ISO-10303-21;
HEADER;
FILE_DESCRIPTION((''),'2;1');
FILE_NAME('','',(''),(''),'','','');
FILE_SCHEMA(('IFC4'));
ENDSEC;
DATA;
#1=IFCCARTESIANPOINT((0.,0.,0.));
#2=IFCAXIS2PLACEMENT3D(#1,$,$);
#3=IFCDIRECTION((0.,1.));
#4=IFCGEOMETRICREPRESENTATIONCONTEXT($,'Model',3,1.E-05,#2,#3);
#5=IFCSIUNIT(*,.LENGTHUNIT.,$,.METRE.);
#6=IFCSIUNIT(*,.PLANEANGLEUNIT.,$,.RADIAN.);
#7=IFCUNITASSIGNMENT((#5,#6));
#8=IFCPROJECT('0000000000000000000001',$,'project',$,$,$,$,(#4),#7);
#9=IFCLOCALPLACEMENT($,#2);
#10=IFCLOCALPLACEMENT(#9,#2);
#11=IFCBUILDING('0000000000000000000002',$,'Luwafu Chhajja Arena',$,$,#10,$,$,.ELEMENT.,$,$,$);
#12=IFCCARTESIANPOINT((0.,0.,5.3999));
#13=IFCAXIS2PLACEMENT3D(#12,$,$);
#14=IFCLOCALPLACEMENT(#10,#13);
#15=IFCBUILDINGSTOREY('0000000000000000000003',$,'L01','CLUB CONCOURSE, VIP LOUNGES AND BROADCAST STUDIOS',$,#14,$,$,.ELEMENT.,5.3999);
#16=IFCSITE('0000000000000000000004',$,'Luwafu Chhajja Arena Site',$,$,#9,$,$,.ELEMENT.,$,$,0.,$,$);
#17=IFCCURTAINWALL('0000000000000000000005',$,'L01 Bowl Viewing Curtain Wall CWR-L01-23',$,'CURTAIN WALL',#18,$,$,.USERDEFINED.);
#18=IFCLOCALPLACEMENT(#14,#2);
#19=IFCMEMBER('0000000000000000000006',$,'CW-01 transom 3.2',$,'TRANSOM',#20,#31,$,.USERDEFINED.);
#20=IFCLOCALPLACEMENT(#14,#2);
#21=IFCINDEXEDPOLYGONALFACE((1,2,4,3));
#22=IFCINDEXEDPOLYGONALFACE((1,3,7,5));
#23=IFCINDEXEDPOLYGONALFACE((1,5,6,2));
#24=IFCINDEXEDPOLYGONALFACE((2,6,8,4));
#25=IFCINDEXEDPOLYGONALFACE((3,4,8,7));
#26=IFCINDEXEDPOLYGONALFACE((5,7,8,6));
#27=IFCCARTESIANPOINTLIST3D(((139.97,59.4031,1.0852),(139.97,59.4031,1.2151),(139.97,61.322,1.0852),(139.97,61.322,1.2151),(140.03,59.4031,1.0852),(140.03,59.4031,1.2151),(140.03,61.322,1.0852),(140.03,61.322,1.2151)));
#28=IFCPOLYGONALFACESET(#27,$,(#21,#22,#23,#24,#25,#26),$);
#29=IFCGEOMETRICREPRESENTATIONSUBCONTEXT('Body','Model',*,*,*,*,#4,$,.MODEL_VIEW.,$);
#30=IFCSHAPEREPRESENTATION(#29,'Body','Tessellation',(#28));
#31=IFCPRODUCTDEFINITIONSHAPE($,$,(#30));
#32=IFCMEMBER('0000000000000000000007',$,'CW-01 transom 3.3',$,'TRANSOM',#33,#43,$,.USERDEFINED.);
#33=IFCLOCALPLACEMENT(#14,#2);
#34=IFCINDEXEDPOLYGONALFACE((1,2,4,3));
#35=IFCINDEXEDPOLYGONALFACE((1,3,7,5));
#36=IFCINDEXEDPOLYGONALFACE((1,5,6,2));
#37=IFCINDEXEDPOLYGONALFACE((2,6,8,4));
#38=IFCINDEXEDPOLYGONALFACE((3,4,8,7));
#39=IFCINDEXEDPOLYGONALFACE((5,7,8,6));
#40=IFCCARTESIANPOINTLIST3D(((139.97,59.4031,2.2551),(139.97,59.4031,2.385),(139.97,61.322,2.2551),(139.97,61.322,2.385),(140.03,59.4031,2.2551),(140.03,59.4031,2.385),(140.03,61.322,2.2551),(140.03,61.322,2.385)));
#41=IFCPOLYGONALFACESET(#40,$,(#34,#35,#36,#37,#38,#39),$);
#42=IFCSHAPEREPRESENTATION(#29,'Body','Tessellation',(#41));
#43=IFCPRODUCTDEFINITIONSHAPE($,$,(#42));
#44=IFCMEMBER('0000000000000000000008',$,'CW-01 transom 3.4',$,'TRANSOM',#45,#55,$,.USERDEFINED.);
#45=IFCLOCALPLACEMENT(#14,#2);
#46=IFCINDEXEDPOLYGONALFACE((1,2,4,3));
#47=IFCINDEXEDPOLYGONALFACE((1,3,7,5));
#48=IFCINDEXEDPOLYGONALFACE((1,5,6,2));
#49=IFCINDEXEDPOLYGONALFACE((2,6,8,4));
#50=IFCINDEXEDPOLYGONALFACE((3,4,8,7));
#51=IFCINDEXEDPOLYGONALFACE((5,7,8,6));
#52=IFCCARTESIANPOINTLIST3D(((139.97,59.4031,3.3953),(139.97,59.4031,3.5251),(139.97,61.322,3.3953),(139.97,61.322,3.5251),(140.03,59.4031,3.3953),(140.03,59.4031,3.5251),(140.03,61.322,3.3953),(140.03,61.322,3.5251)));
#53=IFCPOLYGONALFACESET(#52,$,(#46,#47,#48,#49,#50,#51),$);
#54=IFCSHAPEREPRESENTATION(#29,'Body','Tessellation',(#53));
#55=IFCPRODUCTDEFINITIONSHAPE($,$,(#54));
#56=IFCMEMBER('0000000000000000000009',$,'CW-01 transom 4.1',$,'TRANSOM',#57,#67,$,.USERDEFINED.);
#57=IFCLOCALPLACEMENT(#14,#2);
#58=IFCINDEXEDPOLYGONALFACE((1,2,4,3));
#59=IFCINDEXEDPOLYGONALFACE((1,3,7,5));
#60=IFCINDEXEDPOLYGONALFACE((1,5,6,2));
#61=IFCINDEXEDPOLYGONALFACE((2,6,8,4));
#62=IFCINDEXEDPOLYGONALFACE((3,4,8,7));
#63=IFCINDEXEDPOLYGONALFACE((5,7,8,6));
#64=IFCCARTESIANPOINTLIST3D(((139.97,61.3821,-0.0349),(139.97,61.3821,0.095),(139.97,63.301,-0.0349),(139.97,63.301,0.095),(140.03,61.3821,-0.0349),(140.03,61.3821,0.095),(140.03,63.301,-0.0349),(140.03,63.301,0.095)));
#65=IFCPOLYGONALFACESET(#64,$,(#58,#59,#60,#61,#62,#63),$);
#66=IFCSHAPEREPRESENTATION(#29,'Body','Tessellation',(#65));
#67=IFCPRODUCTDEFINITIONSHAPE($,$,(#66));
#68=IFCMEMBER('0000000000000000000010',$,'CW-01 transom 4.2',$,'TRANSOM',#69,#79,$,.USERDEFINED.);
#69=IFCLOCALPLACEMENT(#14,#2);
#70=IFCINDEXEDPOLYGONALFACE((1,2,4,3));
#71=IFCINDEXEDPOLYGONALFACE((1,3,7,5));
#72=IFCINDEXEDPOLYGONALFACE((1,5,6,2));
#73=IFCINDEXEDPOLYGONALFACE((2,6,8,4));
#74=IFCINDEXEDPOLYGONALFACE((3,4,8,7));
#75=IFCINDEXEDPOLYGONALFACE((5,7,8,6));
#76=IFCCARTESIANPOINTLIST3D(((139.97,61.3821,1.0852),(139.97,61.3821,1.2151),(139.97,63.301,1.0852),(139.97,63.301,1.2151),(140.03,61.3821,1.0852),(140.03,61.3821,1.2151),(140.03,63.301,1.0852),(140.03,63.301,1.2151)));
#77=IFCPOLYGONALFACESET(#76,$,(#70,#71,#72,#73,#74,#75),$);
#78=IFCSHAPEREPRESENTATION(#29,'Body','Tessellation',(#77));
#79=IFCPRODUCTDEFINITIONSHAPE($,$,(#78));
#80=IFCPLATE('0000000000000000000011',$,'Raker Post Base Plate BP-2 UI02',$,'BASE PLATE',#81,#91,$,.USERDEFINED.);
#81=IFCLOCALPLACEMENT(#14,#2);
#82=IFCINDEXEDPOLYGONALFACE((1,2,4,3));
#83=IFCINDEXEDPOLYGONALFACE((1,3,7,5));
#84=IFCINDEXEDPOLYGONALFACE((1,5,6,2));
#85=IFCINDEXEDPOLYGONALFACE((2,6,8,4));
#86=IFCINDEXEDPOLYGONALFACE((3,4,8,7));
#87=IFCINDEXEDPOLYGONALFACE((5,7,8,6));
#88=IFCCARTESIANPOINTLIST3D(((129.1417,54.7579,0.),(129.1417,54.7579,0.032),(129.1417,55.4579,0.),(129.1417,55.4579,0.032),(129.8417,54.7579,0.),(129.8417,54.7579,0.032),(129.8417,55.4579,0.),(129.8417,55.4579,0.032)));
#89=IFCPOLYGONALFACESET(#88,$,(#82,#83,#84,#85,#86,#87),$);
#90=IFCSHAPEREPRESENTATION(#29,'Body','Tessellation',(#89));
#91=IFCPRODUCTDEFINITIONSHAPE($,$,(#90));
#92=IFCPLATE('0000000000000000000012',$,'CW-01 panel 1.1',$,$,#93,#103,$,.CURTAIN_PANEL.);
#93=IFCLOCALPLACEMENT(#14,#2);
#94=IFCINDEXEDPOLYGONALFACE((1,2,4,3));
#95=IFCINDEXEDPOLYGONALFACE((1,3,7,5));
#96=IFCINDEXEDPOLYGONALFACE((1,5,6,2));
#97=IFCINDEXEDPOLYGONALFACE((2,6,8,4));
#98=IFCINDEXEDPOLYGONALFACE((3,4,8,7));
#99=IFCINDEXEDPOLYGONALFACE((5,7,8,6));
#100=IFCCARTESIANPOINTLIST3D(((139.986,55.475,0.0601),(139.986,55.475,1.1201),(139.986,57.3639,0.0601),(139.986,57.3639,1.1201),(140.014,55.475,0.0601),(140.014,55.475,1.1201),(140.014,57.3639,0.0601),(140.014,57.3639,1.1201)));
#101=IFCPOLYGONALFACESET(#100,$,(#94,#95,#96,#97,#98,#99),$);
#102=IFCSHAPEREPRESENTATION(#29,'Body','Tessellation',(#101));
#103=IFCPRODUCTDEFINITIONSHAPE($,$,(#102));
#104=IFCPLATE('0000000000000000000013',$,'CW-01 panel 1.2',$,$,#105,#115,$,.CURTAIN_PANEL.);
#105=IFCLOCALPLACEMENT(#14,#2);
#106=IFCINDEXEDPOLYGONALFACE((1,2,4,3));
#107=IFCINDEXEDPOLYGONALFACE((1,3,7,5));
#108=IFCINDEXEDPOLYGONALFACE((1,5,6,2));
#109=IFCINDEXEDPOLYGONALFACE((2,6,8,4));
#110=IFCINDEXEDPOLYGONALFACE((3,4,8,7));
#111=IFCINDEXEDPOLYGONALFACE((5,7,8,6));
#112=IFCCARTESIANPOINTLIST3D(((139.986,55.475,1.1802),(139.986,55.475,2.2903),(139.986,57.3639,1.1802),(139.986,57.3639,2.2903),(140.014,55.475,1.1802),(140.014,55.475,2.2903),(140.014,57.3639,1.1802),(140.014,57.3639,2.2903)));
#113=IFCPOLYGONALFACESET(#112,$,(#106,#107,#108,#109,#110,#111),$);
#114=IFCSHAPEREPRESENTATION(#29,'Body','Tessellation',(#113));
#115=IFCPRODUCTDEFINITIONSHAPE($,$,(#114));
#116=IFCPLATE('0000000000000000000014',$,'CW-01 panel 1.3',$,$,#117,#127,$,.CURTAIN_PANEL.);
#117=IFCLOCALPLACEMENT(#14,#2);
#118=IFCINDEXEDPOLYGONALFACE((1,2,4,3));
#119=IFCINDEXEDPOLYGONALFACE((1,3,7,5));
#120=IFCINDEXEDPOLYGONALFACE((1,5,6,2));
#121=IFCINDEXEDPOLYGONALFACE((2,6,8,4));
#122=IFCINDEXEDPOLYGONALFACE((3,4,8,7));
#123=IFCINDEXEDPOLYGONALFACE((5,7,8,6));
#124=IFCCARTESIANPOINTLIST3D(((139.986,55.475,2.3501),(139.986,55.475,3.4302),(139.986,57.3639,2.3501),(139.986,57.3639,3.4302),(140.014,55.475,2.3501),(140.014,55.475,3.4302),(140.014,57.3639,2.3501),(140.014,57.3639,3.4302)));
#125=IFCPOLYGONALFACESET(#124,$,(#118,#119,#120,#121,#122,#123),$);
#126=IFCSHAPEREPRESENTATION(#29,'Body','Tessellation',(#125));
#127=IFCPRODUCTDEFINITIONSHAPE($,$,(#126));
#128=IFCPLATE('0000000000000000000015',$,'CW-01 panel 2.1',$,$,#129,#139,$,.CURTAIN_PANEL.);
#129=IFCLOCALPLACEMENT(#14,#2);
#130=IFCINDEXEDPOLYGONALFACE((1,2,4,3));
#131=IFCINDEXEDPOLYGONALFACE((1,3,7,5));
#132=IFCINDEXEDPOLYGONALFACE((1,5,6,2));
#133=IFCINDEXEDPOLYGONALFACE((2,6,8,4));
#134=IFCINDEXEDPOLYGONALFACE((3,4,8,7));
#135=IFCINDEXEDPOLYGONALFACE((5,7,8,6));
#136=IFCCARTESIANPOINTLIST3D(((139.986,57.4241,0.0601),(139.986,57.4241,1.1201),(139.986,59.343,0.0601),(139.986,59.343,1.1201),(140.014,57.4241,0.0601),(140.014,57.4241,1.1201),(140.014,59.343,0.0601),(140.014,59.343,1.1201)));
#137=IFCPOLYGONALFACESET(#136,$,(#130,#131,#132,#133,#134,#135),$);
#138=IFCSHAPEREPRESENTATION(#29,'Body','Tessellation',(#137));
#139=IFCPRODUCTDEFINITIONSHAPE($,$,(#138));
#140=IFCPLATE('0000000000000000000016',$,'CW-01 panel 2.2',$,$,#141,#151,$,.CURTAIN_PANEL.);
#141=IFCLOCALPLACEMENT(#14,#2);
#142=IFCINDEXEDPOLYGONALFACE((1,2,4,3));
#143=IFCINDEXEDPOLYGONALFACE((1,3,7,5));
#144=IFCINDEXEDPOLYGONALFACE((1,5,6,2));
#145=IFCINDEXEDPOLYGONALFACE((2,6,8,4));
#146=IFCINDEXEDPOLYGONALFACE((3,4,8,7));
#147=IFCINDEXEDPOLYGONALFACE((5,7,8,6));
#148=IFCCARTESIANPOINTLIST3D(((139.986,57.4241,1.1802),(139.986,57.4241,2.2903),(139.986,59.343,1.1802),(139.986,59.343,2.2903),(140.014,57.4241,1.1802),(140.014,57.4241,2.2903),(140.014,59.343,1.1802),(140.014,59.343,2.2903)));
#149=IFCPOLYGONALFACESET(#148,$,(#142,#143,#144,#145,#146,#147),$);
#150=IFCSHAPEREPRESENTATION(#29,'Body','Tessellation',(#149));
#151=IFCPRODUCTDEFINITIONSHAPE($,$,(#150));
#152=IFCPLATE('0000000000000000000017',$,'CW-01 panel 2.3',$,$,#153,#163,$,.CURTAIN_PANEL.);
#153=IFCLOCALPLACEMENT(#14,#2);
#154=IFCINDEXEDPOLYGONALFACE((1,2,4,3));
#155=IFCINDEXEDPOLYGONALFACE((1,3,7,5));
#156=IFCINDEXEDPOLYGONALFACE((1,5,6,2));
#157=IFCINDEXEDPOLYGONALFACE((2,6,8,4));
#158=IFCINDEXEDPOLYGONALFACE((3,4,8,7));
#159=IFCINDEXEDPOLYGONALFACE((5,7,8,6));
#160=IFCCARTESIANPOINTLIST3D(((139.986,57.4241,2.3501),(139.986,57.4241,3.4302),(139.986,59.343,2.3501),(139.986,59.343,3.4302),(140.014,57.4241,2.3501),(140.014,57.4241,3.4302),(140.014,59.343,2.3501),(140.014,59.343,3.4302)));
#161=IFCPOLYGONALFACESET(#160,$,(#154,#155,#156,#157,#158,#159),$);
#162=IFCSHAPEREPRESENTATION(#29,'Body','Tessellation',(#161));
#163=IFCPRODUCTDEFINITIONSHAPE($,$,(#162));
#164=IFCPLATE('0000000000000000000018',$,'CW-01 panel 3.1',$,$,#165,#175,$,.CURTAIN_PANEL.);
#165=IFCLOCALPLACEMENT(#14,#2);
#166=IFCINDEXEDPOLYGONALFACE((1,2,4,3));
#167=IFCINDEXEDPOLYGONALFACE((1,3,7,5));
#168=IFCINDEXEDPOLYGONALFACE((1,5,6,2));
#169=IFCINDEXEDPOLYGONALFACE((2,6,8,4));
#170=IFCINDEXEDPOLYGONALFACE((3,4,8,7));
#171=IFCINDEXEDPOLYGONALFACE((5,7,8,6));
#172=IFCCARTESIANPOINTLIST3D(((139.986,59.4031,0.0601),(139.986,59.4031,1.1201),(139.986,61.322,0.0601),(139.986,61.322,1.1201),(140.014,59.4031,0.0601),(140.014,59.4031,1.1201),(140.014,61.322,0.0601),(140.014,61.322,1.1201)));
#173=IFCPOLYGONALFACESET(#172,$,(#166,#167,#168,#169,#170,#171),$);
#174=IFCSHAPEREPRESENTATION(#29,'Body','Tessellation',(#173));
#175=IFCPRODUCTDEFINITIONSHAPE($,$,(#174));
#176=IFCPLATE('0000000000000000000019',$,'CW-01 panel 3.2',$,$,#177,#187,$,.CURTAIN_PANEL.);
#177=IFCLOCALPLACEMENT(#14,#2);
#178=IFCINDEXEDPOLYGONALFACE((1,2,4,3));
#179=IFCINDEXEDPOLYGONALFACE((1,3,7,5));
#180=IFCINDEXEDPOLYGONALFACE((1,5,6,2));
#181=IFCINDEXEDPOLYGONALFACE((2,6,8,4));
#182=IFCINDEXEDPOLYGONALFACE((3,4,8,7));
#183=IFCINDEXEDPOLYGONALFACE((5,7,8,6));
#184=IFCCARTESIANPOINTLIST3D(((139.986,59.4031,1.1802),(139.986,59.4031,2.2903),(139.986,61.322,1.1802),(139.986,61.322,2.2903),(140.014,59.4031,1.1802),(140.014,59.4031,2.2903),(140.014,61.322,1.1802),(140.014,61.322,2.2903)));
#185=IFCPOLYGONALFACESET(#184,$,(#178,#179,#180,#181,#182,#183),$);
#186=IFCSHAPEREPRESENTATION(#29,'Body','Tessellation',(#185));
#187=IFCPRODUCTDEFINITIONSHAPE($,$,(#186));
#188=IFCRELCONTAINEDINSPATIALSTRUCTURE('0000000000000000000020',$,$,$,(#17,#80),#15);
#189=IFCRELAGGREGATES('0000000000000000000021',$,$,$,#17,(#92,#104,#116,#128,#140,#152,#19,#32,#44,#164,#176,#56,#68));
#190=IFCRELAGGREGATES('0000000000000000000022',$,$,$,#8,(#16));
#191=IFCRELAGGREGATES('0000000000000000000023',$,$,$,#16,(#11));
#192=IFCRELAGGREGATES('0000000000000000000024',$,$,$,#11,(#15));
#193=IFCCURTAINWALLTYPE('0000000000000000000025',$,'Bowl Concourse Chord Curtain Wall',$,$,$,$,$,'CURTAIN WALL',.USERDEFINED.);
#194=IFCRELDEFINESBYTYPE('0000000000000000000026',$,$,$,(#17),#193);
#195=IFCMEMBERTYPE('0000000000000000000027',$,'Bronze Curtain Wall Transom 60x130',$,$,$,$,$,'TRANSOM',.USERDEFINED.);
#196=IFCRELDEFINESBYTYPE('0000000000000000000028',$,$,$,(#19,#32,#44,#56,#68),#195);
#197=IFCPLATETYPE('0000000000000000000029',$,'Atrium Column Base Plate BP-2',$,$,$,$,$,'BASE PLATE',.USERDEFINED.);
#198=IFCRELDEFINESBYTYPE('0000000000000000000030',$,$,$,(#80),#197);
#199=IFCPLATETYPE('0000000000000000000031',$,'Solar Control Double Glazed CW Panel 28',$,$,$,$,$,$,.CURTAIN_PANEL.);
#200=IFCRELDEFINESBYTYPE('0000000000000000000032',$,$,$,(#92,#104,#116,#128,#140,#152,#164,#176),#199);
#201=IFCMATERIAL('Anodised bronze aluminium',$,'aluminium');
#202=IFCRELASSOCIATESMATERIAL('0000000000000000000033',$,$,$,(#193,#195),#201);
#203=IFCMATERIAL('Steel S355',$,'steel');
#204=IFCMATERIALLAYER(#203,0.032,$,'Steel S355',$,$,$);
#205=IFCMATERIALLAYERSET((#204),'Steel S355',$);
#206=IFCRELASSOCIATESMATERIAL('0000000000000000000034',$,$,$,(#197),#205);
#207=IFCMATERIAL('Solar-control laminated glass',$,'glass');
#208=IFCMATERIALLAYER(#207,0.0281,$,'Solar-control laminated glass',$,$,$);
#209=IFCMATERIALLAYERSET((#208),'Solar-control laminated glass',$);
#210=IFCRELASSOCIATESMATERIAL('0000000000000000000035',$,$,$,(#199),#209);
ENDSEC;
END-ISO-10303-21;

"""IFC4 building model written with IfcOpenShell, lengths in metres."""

from ifc_helpers import new_model, si_unit, direction, frame, origin, origin_2d, place, context, subcontext, project, spatial, rectangle, extrude, material, layer, layer_set, material_profile, profile_set, type_object, element, aggregate, save


model = new_model("IFC4")

# Units and contexts
model_context = context("Model", 3, precision=1e-05, world=origin(), true_north=direction((0.0, 1.0)))
body_context = subcontext(model_context, "Body", "Model", "MODEL_VIEW")
ifc_project = project(units=[si_unit("LENGTHUNIT", "METRE"), si_unit("PLANEANGLEUNIT", "RADIAN")], contexts=[model_context])

# Site, building, storey
site_placement = place(None, origin())
site = spatial("IfcSite", under=ifc_project, at=site_placement, Name="Luwafu Chhajja Arena Site", CompositionType="ELEMENT", RefElevation=0.0)
building_placement = place(site_placement, origin())
building = spatial("IfcBuilding", under=site, at=building_placement, Name="Luwafu Chhajja Arena", CompositionType="ELEMENT")
storey_placement = place(building_placement, frame((0.0, 0.0, 5.3999)))
storey = spatial("IfcBuildingStorey", under=building, at=storey_placement, Name="L01", Description="CLUB CONCOURSE, VIP LOUNGES AND BROADCAST STUDIOS", CompositionType="ELEMENT", Elevation=5.3999)

# Shared definitions
ifc_material_1 = material(Name="Steel S355", Category="steel")

# Curtain wall, members
ifc_material_2 = material(Name="Anodised bronze aluminium", Category="aluminium")
curtain_wall_type = type_object("IfcCurtainWallType", Name="Bowl Concourse Chord Curtain Wall", ElementType="CURTAIN WALL", PredefinedType="USERDEFINED", material=ifc_material_2)
curtain_wall_placement = place(storey_placement, origin())
curtain_wall = element("IfcCurtainWall", 1, at=curtain_wall_placement, inside=storey, type_object=curtain_wall_type, Name="L01 Bowl Viewing Curtain Wall CWR-L01-23", ObjectType="CURTAIN WALL", PredefinedType="USERDEFINED")
ifc_material_profile_1 = material_profile(ifc_material_2, rectangle(XDim=0.0601, YDim=0.1299, at=origin_2d()), Name="CWT 60x130")
ifc_profile_set_1 = profile_set([ifc_material_profile_1], Name="Anodised bronze aluminium")
member_type_1 = type_object("IfcMemberType", Name="Bronze Curtain Wall Transom 60x130", ElementType="TRANSOM", PredefinedType="USERDEFINED", material=ifc_profile_set_1)
member_1_placement = place(storey_placement, frame((140.0, 59.4031, 1.1501), z_axis=(0.0, 1.0, 0.0), x_axis=(-1.0, 0.0, 0.0)))
member_1 = element("IfcMember", 2, at=member_1_placement, type_object=member_type_1, Name="CW-01 transom 3.2", ObjectType="TRANSOM", PredefinedType="USERDEFINED", context=body_context, shape_type="SweptSolid", body=[
    extrude(rectangle(XDim=0.0601, YDim=0.1299, at=origin_2d()), origin(), (0.0, 0.0, 1.0), 1.9189),
])
member_2_placement = place(storey_placement, frame((140.0, 59.4031, 2.3201), z_axis=(0.0, 1.0, 0.0), x_axis=(-1.0, 0.0, 0.0)))
member_2 = element("IfcMember", 3, at=member_2_placement, type_object=member_type_1, Name="CW-01 transom 3.3", ObjectType="TRANSOM", PredefinedType="USERDEFINED", context=body_context, shape_type="SweptSolid", body=[
    extrude(rectangle(XDim=0.0601, YDim=0.1299, at=origin_2d()), origin(), (0.0, 0.0, 1.0), 1.9189),
])
member_3_placement = place(storey_placement, frame((140.0, 59.4031, 3.4602), z_axis=(0.0, 1.0, 0.0), x_axis=(-1.0, 0.0, 0.0)))
member_3 = element("IfcMember", 4, at=member_3_placement, type_object=member_type_1, Name="CW-01 transom 3.4", ObjectType="TRANSOM", PredefinedType="USERDEFINED", context=body_context, shape_type="SweptSolid", body=[
    extrude(rectangle(XDim=0.0601, YDim=0.1299, at=origin_2d()), origin(), (0.0, 0.0, 1.0), 1.9189),
])
member_4_placement = place(storey_placement, frame((140.0, 61.3821, 0.03), z_axis=(0.0, 1.0, 0.0), x_axis=(-1.0, 0.0, 0.0)))
member_4 = element("IfcMember", 5, at=member_4_placement, type_object=member_type_1, Name="CW-01 transom 4.1", ObjectType="TRANSOM", PredefinedType="USERDEFINED", context=body_context, shape_type="SweptSolid", body=[
    extrude(rectangle(XDim=0.0601, YDim=0.1299, at=origin_2d()), origin(), (0.0, 0.0, 1.0), 1.9189),
])
member_5_placement = place(storey_placement, frame((140.0, 61.3821, 1.1501), z_axis=(0.0, 1.0, 0.0), x_axis=(-1.0, 0.0, 0.0)))
member_5 = element("IfcMember", 6, at=member_5_placement, type_object=member_type_1, Name="CW-01 transom 4.2", ObjectType="TRANSOM", PredefinedType="USERDEFINED", context=body_context, shape_type="SweptSolid", body=[
    extrude(rectangle(XDim=0.0601, YDim=0.1299, at=origin_2d()), origin(), (0.0, 0.0, 1.0), 1.9189),
])

# Plates
ifc_layer_1 = layer(ifc_material_1, 0.032, Name="Steel S355")
ifc_layer_set_1 = layer_set([ifc_layer_1], Name="Steel S355")
plate_type_1 = type_object("IfcPlateType", Name="Atrium Column Base Plate BP-2", ElementType="BASE PLATE", PredefinedType="USERDEFINED", material=ifc_layer_set_1)
plate_1_placement = place(storey_placement, frame((129.4917, 55.1079, 0.0), z_axis=(0.0, 0.0, 1.0), x_axis=(1.0, 0.0, 0.0)))
element("IfcPlate", 7, at=plate_1_placement, inside=storey, type_object=plate_type_1, Name="Raker Post Base Plate BP-2 UI02", ObjectType="BASE PLATE", PredefinedType="USERDEFINED", context=body_context, shape_type="SweptSolid", body=[
    extrude(rectangle(XDim=0.7, YDim=0.7, at=origin_2d()), origin(), (0.0, 0.0, 1.0), 0.032),
])
ifc_material_3 = material(Name="Solar-control laminated glass", Category="glass")
ifc_layer_2 = layer(ifc_material_3, 0.0281, Name="Solar-control laminated glass")
ifc_layer_set_2 = layer_set([ifc_layer_2], Name="Solar-control laminated glass")
plate_type_2 = type_object("IfcPlateType", Name="Solar Control Double Glazed CW Panel 28", PredefinedType="CURTAIN_PANEL", material=ifc_layer_set_2)
plate_2_placement = place(storey_placement, frame((140.0, 56.4194, 0.0601), z_axis=(0.0, 0.0, 1.0), x_axis=(0.0, 1.0, 0.0)))
plate_2 = element("IfcPlate", 8, at=plate_2_placement, type_object=plate_type_2, Name="CW-01 panel 1.1", PredefinedType="CURTAIN_PANEL", context=body_context, shape_type="SweptSolid", body=[
    extrude(rectangle(XDim=1.8889, YDim=0.0281, at=origin_2d()), origin(), (0.0, 0.0, 1.0), 1.0601),
])
plate_3_placement = place(storey_placement, frame((140.0, 56.4194, 1.1802), z_axis=(0.0, 0.0, 1.0), x_axis=(0.0, 1.0, 0.0)))
plate_3 = element("IfcPlate", 9, at=plate_3_placement, type_object=plate_type_2, Name="CW-01 panel 1.2", PredefinedType="CURTAIN_PANEL", context=body_context, shape_type="SweptSolid", body=[
    extrude(rectangle(XDim=1.8889, YDim=0.0281, at=origin_2d()), origin(), (0.0, 0.0, 1.0), 1.1101),
])
plate_4_placement = place(storey_placement, frame((140.0, 56.4194, 2.3501), z_axis=(0.0, 0.0, 1.0), x_axis=(0.0, 1.0, 0.0)))
plate_4 = element("IfcPlate", 10, at=plate_4_placement, type_object=plate_type_2, Name="CW-01 panel 1.3", PredefinedType="CURTAIN_PANEL", context=body_context, shape_type="SweptSolid", body=[
    extrude(rectangle(XDim=1.8889, YDim=0.0281, at=origin_2d()), origin(), (0.0, 0.0, 1.0), 1.0801),
])
plate_5_placement = place(storey_placement, frame((140.0, 58.3835, 0.0601), z_axis=(0.0, 0.0, 1.0), x_axis=(0.0, 1.0, 0.0)))
plate_5 = element("IfcPlate", 11, at=plate_5_placement, type_object=plate_type_2, Name="CW-01 panel 2.1", PredefinedType="CURTAIN_PANEL", context=body_context, shape_type="SweptSolid", body=[
    extrude(rectangle(XDim=1.9189, YDim=0.0281, at=origin_2d()), origin(), (0.0, 0.0, 1.0), 1.0601),
])
plate_6_placement = place(storey_placement, frame((140.0, 58.3835, 1.1802), z_axis=(0.0, 0.0, 1.0), x_axis=(0.0, 1.0, 0.0)))
plate_6 = element("IfcPlate", 12, at=plate_6_placement, type_object=plate_type_2, Name="CW-01 panel 2.2", PredefinedType="CURTAIN_PANEL", context=body_context, shape_type="SweptSolid", body=[
    extrude(rectangle(XDim=1.9189, YDim=0.0281, at=origin_2d()), origin(), (0.0, 0.0, 1.0), 1.1101),
])
plate_7_placement = place(storey_placement, frame((140.0, 58.3835, 2.3501), z_axis=(0.0, 0.0, 1.0), x_axis=(0.0, 1.0, 0.0)))
plate_7 = element("IfcPlate", 13, at=plate_7_placement, type_object=plate_type_2, Name="CW-01 panel 2.3", PredefinedType="CURTAIN_PANEL", context=body_context, shape_type="SweptSolid", body=[
    extrude(rectangle(XDim=1.9189, YDim=0.0281, at=origin_2d()), origin(), (0.0, 0.0, 1.0), 1.0801),
])
plate_8_placement = place(storey_placement, frame((140.0, 60.3625, 0.0601), z_axis=(0.0, 0.0, 1.0), x_axis=(0.0, 1.0, 0.0)))
plate_8 = element("IfcPlate", 14, at=plate_8_placement, type_object=plate_type_2, Name="CW-01 panel 3.1", PredefinedType="CURTAIN_PANEL", context=body_context, shape_type="SweptSolid", body=[
    extrude(rectangle(XDim=1.9189, YDim=0.0281, at=origin_2d()), origin(), (0.0, 0.0, 1.0), 1.0601),
])
plate_9_placement = place(storey_placement, frame((140.0, 60.3625, 1.1802), z_axis=(0.0, 0.0, 1.0), x_axis=(0.0, 1.0, 0.0)))
plate_9 = element("IfcPlate", 15, at=plate_9_placement, type_object=plate_type_2, Name="CW-01 panel 3.2", PredefinedType="CURTAIN_PANEL", context=body_context, shape_type="SweptSolid", body=[
    extrude(rectangle(XDim=1.9189, YDim=0.0281, at=origin_2d()), origin(), (0.0, 0.0, 1.0), 1.1101),
])
aggregate(curtain_wall, [plate_2, plate_3, plate_4, plate_5, plate_6, plate_7, member_1, member_2, member_3, plate_8, plate_9, member_4, member_5])

save(model, "model.ifc")
